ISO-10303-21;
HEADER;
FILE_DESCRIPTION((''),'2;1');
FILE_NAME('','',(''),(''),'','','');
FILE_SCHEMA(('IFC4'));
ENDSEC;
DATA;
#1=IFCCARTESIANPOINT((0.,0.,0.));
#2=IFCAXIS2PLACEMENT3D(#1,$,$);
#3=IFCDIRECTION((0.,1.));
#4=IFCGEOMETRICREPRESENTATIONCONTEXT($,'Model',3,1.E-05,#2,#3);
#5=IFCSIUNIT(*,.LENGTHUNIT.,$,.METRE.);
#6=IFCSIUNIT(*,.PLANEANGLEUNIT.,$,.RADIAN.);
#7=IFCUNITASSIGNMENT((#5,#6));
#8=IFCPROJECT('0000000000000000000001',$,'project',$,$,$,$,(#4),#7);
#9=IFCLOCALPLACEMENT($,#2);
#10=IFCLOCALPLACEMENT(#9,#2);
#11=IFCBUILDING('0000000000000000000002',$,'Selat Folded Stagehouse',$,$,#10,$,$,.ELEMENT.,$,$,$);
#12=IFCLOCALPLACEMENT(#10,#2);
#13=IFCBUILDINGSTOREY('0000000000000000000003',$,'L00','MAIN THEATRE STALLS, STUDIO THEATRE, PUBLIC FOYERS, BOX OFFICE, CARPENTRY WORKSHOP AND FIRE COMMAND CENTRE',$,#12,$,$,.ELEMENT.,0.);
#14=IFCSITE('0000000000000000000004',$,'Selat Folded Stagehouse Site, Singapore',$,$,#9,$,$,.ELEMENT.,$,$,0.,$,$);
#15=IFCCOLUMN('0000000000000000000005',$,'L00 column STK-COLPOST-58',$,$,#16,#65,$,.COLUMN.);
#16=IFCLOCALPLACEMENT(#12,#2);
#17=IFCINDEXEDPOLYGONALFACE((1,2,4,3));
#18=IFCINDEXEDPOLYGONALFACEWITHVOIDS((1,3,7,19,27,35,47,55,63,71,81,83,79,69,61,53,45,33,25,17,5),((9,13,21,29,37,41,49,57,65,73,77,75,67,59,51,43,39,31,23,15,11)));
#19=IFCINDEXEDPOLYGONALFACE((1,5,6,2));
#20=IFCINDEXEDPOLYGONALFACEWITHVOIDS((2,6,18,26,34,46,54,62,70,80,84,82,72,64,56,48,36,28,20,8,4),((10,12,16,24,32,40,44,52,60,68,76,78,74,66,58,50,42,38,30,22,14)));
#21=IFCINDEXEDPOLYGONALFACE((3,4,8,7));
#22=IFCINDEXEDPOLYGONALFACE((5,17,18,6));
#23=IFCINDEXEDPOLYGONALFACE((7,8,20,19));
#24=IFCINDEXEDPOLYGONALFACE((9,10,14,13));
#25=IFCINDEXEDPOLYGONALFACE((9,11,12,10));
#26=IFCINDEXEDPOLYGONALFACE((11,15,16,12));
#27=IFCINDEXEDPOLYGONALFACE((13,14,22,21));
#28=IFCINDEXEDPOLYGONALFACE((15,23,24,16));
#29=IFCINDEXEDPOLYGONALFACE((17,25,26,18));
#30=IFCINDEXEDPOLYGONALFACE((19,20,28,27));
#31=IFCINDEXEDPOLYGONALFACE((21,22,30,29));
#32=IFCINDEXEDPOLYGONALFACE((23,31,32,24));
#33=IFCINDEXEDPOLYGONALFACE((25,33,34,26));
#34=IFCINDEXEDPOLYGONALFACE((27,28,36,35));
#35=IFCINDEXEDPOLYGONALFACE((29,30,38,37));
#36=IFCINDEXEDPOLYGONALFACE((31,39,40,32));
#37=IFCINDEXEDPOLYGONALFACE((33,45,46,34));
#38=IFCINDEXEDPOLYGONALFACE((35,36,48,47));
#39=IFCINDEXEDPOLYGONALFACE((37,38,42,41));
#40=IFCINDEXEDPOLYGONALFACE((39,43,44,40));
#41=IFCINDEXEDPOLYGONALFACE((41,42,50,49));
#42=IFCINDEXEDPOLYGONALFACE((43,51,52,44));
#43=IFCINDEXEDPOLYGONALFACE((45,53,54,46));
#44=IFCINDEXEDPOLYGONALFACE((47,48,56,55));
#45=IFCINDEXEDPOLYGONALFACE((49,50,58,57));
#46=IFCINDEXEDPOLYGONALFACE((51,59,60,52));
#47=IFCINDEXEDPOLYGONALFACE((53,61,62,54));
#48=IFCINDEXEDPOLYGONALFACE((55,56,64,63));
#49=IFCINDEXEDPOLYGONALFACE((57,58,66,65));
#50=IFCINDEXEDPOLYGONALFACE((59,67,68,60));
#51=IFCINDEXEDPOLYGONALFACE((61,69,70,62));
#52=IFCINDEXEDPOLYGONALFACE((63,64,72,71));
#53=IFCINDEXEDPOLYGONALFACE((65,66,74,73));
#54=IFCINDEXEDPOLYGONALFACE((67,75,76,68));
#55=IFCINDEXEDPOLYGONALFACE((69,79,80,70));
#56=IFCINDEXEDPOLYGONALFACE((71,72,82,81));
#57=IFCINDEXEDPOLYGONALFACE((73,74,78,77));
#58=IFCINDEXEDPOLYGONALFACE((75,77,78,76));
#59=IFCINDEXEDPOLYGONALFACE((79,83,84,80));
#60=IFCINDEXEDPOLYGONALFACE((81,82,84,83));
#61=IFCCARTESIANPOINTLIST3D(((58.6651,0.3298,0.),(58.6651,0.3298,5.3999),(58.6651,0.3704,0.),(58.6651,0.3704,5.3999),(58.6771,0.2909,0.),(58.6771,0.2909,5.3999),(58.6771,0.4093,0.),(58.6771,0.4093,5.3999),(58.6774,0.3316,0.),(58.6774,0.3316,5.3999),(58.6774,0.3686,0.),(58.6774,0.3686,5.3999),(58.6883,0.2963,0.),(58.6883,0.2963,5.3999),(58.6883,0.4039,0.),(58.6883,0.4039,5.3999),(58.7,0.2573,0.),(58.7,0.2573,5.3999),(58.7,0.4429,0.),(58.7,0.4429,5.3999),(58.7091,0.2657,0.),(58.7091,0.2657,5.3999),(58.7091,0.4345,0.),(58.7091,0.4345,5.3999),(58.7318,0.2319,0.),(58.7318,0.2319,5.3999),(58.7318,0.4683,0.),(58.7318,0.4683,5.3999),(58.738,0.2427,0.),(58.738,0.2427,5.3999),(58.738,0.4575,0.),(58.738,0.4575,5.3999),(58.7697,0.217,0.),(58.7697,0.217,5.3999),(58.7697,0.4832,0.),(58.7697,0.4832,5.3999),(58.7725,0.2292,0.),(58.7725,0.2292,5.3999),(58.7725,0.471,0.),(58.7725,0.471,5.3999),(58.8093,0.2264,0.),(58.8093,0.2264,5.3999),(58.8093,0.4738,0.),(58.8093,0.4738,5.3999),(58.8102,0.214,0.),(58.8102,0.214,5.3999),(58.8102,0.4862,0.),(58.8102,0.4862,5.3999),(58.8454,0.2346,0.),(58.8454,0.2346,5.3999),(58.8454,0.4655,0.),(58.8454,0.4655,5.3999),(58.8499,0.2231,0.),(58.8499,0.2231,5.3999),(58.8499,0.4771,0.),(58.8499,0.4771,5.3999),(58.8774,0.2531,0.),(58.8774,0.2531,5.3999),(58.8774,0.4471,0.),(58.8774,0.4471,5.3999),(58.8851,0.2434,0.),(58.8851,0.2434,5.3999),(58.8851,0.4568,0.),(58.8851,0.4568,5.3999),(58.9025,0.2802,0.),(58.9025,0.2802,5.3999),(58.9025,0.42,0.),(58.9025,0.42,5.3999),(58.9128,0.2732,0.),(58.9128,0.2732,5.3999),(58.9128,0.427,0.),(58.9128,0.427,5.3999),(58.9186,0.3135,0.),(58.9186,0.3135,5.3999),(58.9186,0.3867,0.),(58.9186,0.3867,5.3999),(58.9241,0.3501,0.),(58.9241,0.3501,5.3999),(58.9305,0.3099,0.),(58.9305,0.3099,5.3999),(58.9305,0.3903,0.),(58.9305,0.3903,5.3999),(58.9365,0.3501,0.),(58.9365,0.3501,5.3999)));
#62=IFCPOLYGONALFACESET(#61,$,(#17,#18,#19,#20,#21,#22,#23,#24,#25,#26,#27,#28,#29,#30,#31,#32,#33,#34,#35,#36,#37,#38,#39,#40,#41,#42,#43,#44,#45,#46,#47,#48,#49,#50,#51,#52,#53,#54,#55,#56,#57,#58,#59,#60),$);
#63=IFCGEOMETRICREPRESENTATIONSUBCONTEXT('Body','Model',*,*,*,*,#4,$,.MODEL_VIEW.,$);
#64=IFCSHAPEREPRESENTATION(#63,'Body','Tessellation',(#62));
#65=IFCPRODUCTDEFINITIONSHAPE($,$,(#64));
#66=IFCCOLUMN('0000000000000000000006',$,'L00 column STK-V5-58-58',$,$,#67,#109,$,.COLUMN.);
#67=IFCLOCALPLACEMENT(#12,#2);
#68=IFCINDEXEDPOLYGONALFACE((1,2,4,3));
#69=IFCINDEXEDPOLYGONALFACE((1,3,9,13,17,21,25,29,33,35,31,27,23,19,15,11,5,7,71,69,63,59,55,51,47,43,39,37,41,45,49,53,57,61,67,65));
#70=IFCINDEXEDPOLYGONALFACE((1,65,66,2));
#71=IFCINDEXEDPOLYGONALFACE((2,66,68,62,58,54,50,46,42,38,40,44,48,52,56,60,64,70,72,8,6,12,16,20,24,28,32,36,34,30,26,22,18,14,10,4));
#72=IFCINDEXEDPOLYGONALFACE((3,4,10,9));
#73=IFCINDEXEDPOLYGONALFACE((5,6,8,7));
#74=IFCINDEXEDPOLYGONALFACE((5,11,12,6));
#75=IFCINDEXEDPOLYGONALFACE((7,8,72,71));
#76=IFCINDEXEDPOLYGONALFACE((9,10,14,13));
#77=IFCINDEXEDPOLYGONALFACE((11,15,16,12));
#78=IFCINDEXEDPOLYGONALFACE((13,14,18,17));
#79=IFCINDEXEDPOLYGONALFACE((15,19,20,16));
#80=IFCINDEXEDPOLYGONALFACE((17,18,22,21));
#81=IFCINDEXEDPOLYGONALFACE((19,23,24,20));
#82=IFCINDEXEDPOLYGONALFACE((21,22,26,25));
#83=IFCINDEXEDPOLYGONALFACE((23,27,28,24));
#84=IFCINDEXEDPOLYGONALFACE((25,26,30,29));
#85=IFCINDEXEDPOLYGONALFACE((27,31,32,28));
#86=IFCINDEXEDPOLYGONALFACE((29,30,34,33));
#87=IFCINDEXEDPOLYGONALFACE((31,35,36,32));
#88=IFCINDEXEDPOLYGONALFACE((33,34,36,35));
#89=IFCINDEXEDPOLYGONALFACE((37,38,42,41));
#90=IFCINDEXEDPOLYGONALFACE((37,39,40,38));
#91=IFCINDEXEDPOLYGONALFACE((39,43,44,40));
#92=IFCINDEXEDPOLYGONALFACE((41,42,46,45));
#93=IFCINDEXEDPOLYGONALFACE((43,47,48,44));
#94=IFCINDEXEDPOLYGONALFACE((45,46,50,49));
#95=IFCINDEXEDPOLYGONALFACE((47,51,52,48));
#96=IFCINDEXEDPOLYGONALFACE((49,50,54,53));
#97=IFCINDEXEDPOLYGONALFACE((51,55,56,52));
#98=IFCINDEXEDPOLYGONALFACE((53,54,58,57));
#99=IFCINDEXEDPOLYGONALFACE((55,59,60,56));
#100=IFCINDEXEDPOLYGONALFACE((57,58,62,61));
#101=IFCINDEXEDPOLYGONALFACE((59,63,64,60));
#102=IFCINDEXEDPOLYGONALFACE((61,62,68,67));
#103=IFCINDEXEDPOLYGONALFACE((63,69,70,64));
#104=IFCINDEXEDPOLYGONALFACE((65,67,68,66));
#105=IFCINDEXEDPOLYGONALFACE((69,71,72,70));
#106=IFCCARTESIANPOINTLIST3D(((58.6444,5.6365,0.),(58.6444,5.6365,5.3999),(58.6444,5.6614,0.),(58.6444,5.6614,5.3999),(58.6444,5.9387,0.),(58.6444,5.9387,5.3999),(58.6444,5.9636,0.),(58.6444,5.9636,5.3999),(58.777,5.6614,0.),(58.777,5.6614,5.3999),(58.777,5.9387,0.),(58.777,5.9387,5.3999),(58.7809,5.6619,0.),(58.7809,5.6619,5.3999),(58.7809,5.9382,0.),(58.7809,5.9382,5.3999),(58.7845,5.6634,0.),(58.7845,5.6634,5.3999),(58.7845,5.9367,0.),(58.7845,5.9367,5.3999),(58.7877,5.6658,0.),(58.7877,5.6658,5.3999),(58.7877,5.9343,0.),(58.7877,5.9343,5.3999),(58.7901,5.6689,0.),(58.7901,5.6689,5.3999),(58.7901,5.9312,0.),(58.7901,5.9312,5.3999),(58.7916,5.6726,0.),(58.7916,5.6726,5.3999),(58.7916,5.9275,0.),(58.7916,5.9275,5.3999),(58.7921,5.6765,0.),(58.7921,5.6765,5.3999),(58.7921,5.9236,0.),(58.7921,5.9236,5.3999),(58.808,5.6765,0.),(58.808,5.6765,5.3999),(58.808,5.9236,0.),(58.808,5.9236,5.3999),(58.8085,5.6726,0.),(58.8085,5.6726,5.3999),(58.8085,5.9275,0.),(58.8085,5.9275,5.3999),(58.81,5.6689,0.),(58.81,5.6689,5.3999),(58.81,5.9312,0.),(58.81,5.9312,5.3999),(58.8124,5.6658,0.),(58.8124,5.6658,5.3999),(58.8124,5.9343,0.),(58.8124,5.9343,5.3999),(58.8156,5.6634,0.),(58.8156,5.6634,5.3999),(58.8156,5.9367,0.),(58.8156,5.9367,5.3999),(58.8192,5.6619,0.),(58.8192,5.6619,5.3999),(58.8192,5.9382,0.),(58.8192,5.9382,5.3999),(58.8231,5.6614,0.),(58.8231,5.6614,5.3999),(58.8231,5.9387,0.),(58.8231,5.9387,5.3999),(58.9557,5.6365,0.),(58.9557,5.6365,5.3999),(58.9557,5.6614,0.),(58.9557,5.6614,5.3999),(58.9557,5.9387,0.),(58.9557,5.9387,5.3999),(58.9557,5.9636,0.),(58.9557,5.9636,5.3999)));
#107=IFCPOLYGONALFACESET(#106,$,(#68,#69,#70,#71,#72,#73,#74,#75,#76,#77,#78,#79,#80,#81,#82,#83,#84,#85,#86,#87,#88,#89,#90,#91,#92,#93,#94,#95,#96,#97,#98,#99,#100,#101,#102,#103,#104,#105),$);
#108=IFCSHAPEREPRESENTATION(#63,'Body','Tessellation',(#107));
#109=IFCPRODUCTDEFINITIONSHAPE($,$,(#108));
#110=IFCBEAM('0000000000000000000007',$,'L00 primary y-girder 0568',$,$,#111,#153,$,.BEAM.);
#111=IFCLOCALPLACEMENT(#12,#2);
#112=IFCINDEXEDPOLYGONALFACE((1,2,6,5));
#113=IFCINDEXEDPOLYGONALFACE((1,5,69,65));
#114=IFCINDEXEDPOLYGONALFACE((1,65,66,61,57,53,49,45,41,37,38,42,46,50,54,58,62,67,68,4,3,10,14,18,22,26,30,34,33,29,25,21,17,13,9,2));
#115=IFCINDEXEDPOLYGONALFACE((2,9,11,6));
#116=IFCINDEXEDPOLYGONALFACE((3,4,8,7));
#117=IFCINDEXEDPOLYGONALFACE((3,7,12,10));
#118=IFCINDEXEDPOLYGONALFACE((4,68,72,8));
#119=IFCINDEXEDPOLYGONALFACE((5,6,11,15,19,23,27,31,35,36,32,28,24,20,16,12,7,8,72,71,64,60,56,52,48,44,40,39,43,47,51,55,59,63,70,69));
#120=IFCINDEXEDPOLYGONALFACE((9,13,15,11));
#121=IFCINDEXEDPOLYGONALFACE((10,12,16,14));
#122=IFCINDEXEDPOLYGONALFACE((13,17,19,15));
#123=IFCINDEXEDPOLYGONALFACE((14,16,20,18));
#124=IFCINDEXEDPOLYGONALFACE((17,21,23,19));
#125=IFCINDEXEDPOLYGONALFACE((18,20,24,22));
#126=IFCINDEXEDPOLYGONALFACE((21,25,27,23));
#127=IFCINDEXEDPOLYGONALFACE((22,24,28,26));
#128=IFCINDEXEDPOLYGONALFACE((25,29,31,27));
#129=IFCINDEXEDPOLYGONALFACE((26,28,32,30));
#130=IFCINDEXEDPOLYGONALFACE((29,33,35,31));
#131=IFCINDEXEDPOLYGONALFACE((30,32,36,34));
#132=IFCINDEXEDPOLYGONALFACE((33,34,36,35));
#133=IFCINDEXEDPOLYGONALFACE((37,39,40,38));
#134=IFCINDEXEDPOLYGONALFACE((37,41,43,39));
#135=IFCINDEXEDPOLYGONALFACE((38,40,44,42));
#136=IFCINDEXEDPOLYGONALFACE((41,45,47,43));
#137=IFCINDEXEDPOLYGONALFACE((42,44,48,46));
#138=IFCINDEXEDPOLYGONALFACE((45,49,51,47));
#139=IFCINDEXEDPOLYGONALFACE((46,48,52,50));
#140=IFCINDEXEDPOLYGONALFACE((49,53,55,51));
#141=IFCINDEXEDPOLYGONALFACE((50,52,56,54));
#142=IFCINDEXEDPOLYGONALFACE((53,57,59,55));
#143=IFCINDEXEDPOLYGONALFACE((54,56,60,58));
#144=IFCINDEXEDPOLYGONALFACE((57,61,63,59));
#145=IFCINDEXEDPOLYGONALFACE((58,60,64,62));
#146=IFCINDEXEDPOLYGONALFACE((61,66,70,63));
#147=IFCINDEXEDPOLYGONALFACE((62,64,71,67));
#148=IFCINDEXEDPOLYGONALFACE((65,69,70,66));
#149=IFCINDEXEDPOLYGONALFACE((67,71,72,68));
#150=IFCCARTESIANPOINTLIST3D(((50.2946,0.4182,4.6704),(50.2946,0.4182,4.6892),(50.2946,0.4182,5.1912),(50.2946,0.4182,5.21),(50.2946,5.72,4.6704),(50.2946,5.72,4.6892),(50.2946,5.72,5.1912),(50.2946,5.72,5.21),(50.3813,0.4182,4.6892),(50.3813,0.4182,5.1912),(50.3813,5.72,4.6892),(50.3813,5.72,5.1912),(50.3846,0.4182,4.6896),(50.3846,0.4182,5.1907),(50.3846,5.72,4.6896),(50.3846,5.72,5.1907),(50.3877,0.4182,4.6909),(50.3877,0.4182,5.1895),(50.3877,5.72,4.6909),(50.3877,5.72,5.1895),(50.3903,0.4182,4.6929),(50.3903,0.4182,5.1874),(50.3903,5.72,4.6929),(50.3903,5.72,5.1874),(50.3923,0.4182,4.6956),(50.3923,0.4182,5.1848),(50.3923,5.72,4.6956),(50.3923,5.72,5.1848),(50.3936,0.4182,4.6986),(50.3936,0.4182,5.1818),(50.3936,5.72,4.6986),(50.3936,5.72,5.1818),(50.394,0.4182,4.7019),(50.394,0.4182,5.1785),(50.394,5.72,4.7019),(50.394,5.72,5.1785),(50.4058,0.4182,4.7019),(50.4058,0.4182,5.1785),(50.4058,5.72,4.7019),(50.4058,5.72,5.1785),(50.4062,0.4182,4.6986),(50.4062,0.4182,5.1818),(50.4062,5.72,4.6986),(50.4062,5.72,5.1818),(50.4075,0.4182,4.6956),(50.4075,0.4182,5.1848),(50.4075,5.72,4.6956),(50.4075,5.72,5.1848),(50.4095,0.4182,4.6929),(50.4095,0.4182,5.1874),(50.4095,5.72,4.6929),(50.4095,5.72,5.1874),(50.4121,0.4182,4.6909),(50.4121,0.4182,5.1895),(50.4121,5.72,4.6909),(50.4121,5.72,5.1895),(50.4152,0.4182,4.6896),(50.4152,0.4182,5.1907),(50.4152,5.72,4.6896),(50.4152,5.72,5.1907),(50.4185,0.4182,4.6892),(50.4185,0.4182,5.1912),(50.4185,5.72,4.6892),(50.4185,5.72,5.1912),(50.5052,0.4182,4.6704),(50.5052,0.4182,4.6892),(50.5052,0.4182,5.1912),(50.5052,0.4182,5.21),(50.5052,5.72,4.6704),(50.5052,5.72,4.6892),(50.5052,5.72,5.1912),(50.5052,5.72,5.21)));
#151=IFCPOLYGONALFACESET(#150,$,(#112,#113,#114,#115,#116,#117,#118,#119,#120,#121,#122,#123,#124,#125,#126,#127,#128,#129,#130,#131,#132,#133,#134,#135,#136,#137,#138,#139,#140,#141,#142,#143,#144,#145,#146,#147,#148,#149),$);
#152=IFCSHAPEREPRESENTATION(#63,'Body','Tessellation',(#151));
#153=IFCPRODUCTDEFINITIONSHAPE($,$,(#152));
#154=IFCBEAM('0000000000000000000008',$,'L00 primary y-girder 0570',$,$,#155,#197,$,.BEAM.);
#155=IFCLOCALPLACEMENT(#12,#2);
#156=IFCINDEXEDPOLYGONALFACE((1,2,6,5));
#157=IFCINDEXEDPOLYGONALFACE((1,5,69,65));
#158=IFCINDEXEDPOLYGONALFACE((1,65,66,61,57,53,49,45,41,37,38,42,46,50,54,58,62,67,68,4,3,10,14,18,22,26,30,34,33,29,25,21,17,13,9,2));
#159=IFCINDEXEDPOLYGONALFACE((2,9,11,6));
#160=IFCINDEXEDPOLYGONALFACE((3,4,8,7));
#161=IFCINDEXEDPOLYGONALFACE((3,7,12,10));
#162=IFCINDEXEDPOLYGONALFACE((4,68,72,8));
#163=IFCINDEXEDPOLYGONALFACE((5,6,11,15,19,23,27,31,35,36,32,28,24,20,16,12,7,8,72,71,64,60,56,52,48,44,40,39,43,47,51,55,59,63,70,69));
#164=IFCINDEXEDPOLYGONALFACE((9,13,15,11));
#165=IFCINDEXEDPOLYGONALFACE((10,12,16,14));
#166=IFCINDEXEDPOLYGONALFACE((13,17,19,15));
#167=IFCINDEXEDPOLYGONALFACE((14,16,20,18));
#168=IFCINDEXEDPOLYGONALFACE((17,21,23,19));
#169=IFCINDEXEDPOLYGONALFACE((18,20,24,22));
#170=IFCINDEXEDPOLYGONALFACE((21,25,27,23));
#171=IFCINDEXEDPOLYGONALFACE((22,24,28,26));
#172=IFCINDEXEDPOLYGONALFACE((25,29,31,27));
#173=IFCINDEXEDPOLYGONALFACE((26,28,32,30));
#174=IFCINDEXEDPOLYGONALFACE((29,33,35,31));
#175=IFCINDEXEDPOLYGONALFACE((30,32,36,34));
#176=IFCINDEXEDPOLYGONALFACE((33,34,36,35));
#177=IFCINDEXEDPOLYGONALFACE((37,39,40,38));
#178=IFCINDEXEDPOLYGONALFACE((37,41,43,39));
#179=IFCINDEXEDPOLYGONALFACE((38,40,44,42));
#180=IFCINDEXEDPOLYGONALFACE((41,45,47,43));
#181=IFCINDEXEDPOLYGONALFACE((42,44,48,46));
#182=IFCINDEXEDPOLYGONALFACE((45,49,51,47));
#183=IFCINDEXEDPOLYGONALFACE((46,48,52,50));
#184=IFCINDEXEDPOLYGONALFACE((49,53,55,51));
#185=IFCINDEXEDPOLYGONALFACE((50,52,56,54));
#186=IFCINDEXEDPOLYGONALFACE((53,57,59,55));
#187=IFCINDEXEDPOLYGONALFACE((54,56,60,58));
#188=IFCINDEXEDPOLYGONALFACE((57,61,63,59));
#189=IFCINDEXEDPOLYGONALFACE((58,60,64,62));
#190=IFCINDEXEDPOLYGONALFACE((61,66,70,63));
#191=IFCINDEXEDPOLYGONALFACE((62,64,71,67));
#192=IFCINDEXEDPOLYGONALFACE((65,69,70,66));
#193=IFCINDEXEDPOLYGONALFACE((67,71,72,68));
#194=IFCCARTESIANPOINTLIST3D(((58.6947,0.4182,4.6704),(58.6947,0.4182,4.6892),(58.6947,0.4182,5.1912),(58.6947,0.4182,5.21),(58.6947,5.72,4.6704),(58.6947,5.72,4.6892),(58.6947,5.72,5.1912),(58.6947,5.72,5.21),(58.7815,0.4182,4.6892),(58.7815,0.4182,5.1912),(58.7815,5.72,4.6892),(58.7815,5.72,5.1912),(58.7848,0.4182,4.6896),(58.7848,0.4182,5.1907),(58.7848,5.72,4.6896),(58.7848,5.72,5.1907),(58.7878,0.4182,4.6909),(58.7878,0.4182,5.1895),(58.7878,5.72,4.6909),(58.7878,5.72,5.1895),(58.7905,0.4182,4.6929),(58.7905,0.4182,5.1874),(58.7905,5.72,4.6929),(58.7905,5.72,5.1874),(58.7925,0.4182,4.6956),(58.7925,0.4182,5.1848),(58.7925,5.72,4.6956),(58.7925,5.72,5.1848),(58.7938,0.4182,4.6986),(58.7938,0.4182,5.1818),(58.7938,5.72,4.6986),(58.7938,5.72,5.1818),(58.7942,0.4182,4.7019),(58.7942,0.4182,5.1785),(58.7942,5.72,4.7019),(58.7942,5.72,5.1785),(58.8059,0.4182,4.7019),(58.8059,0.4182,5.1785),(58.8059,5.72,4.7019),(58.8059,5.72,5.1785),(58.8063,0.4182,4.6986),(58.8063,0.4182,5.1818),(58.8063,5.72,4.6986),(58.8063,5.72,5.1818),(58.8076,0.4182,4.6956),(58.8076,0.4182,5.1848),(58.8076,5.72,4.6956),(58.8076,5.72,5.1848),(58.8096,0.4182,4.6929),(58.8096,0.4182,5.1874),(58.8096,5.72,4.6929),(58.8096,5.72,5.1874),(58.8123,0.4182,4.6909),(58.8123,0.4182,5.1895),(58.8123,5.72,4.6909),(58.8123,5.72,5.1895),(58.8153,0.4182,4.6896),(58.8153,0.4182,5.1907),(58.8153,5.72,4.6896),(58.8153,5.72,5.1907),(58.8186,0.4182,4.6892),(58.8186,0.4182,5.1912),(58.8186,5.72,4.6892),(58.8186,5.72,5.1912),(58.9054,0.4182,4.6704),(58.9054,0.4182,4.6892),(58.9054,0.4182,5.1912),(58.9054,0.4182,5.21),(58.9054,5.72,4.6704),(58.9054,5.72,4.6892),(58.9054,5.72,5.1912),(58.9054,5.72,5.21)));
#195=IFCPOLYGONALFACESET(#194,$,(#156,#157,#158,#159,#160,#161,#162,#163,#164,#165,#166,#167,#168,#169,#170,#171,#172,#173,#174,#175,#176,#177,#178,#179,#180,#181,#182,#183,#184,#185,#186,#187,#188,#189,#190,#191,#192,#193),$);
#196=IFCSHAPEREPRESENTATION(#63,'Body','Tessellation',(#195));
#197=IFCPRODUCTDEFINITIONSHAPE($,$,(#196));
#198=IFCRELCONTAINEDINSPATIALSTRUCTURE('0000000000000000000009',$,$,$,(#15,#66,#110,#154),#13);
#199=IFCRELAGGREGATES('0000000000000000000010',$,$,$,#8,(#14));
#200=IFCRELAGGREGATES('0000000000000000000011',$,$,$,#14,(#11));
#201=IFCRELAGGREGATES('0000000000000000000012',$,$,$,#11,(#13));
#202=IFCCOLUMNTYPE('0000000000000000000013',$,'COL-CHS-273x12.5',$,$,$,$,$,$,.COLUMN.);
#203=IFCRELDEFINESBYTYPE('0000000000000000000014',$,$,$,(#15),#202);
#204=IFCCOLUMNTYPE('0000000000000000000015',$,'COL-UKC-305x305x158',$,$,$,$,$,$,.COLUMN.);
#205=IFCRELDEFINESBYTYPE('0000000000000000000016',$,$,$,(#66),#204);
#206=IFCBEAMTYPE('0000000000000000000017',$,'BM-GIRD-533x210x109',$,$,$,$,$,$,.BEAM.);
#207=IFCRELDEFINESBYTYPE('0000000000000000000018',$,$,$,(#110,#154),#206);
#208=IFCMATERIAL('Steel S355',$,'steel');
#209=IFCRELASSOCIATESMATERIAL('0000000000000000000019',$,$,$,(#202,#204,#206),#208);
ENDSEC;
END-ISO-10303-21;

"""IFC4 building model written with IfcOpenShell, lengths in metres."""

from ifc_helpers import new_model, si_unit, direction, frame, origin, origin_2d, place, context, subcontext, project, spatial, hollow_circle, i_section, extrude, material, material_profile, profile_set, type_object, element, save


model = new_model("IFC4")

# Units and contexts
model_context = context("Model", 3, precision=1e-05, world=origin(), true_north=direction((0.0, 1.0)))
body_context = subcontext(model_context, "Body", "Model", "MODEL_VIEW")
ifc_project = project(units=[si_unit("LENGTHUNIT", "METRE"), si_unit("PLANEANGLEUNIT", "RADIAN")], contexts=[model_context])

# Site, building, storey
site_placement = place(None, origin())
site = spatial("IfcSite", under=ifc_project, at=site_placement, Name="Selat Folded Stagehouse Site, Singapore", CompositionType="ELEMENT", RefElevation=0.0)
building_placement = place(site_placement, origin())
building = spatial("IfcBuilding", under=site, at=building_placement, Name="Selat Folded Stagehouse", CompositionType="ELEMENT")
storey_placement = place(building_placement, origin())
storey = spatial("IfcBuildingStorey", under=building, at=storey_placement, Name="L00", Description="MAIN THEATRE STALLS, STUDIO THEATRE, PUBLIC FOYERS, BOX OFFICE, CARPENTRY WORKSHOP AND FIRE COMMAND CENTRE", CompositionType="ELEMENT", Elevation=0.0)

# Columns
ifc_material_1 = material(Name="Steel S355", Category="steel")
ifc_material_profile_1 = material_profile(ifc_material_1, hollow_circle(Radius=0.1365, WallThickness=0.0125, at=origin_2d()), Name="CHS 273.0x12.5")
ifc_profile_set_1 = profile_set([ifc_material_profile_1], Name="Steel S355")
column_type_1 = type_object("IfcColumnType", Name="COL-CHS-273x12.5", PredefinedType="COLUMN", material=ifc_profile_set_1)
column_1_placement = place(storey_placement, frame((58.8, 0.3501, 0.0), z_axis=(0.0, 0.0, 1.0), x_axis=(1.0, 0.0, 0.0)))
element("IfcColumn", 1, at=column_1_placement, inside=storey, type_object=column_type_1, Name="L00 column STK-COLPOST-58", PredefinedType="COLUMN", context=body_context, shape_type="SweptSolid", body=[
    extrude(hollow_circle(Radius=0.1365, WallThickness=0.0125, at=origin_2d()), origin(), (0.0, 0.0, 1.0), 5.3999),
])
ifc_material_profile_2 = material_profile(ifc_material_1, i_section(OverallWidth=0.3113, OverallDepth=0.3271, WebThickness=0.0159, FlangeThickness=0.0249, FilletRadius=0.0151, at=origin_2d()), Name="UKC 305x305x158")
ifc_profile_set_2 = profile_set([ifc_material_profile_2], Name="Steel S355")
column_type_2 = type_object("IfcColumnType", Name="COL-UKC-305x305x158", PredefinedType="COLUMN", material=ifc_profile_set_2)
column_2_placement = place(storey_placement, frame((58.8, 5.8, 0.0), z_axis=(0.0, 0.0, 1.0), x_axis=(1.0, 0.0, 0.0)))
element("IfcColumn", 2, at=column_2_placement, inside=storey, type_object=column_type_2, Name="L00 column STK-V5-58-58", PredefinedType="COLUMN", context=body_context, shape_type="SweptSolid", body=[
    extrude(i_section(OverallWidth=0.3113, OverallDepth=0.3271, WebThickness=0.0159, FlangeThickness=0.0249, FilletRadius=0.0151, at=origin_2d()), origin(), (0.0, 0.0, 1.0), 5.3999),
])

# Beams
ifc_material_profile_3 = material_profile(ifc_material_1, i_section(OverallWidth=0.2107, OverallDepth=0.5396, WebThickness=0.0117, FlangeThickness=0.0188, FilletRadius=0.0127, at=origin_2d()), Name="UKB 533x210x109")
ifc_profile_set_3 = profile_set([ifc_material_profile_3], Name="Steel S355")
beam_type_1 = type_object("IfcBeamType", Name="BM-GIRD-533x210x109", PredefinedType="BEAM", material=ifc_profile_set_3)
for number, where, z_axis, x_axis, name in (
    (3, (50.3999, 0.4182, 4.9402), (0.0, 1.0, 0.0), (-1.0, 0.0, 0.0), "L00 primary y-girder 0568"),
    (4, (58.8, 0.4182, 4.9402), (0.0, 1.0, 0.0), (-1.0, 0.0, 0.0), "L00 primary y-girder 0570"),
):
    element("IfcBeam", number, at=place(storey_placement, frame(where, z_axis=z_axis, x_axis=x_axis)), inside=storey, type_object=beam_type_1, Name=name, PredefinedType="BEAM", context=body_context, shape_type="SweptSolid", body=[
        extrude(i_section(OverallWidth=0.2107, OverallDepth=0.5396, WebThickness=0.0117, FlangeThickness=0.0188, FilletRadius=0.0127, at=origin_2d()), origin(), (0.0, 0.0, 1.0), 5.3018),
    ])

save(model, "model.ifc")
